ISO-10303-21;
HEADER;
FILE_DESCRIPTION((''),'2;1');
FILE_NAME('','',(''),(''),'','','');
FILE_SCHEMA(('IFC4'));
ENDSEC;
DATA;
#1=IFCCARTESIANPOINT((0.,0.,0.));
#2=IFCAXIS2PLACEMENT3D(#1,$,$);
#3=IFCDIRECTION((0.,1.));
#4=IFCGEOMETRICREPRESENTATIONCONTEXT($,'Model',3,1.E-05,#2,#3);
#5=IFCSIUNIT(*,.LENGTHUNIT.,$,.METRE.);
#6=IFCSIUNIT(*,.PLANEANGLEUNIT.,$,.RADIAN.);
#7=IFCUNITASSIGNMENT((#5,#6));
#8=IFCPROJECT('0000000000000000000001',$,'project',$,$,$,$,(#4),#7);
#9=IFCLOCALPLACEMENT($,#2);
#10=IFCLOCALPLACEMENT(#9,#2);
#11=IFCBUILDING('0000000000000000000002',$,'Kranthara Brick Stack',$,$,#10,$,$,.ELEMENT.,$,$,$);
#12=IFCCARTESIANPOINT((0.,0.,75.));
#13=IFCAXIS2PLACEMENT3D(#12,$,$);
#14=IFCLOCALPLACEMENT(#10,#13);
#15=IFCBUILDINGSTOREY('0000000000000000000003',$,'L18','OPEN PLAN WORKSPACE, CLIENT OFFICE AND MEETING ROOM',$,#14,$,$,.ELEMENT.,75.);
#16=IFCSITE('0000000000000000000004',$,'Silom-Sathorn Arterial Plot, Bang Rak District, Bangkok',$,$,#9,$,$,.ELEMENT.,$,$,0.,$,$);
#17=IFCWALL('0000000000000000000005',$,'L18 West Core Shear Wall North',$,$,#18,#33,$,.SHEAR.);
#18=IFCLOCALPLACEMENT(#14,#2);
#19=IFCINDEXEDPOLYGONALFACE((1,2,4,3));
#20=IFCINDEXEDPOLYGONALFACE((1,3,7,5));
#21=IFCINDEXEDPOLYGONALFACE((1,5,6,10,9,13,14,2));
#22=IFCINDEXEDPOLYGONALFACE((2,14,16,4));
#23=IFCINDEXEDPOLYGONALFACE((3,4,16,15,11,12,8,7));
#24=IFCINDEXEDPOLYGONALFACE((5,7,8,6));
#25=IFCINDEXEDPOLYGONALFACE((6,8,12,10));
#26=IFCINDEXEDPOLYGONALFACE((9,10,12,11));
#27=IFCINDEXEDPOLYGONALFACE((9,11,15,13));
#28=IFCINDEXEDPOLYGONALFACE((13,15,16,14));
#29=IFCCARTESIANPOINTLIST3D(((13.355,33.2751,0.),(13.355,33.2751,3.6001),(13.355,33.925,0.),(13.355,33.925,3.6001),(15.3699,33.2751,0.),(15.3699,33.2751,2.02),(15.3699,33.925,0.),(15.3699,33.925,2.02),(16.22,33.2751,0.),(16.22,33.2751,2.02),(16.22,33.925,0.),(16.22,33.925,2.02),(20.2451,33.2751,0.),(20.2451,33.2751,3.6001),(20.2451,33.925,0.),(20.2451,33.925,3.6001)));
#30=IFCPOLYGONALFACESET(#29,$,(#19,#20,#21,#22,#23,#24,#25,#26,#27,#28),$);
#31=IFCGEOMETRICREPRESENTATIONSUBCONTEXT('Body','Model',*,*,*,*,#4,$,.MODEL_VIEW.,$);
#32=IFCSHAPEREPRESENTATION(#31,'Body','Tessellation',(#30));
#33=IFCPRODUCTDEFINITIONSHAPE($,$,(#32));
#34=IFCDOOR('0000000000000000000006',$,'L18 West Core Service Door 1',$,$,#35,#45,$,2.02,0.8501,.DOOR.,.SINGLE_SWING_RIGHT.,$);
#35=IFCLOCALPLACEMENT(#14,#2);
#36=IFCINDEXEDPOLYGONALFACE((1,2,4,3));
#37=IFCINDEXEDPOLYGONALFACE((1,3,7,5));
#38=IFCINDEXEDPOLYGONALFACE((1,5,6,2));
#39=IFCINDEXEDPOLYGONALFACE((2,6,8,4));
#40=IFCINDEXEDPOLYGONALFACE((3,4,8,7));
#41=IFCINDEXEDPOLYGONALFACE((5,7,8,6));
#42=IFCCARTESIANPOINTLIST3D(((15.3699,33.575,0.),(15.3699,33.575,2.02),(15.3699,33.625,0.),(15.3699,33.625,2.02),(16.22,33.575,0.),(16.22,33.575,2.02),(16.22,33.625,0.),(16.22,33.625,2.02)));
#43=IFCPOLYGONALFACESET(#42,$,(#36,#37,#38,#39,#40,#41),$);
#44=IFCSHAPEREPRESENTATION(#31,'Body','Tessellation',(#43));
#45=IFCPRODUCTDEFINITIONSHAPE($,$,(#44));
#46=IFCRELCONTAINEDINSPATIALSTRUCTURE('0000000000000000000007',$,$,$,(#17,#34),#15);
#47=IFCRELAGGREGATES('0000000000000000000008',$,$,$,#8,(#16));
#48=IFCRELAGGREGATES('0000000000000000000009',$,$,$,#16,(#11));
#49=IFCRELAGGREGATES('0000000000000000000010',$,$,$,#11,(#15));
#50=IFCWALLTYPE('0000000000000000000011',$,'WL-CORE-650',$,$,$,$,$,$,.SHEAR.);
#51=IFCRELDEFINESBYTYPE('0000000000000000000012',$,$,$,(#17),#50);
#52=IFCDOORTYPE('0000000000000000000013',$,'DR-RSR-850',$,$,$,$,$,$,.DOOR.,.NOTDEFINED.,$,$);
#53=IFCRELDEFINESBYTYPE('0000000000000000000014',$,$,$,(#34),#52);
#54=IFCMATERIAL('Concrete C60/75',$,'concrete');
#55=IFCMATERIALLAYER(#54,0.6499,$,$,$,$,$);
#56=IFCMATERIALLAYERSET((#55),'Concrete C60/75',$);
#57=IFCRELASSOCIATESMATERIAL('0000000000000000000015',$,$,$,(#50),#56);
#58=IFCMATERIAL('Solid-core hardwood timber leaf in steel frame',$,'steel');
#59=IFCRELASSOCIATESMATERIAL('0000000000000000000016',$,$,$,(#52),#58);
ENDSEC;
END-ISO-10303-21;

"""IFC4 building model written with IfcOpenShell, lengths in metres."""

from ifc_helpers import new_model, si_unit, direction, frame, frame_2d, origin, place, context, subcontext, project, spatial, rectangle, extrude, material, layer, layer_set, type_object, element, fill, save


model = new_model("IFC4")

# Units and contexts
model_context = context("Model", 3, precision=1e-05, world=origin(), true_north=direction((0.0, 1.0)))
body_context = subcontext(model_context, "Body", "Model", "MODEL_VIEW")
ifc_project = project(units=[si_unit("LENGTHUNIT", "METRE"), si_unit("PLANEANGLEUNIT", "RADIAN")], contexts=[model_context])

# Site, building, storey
site_placement = place(None, origin())
site = spatial("IfcSite", under=ifc_project, at=site_placement, Name="Silom-Sathorn Arterial Plot, Bang Rak District, Bangkok", CompositionType="ELEMENT", RefElevation=0.0)
building_placement = place(site_placement, origin())
building = spatial("IfcBuilding", under=site, at=building_placement, Name="Kranthara Brick Stack", CompositionType="ELEMENT")
storey_placement = place(building_placement, frame((0.0, 0.0, 75.0)))
storey = spatial("IfcBuildingStorey", under=building, at=storey_placement, Name="L18", Description="OPEN PLAN WORKSPACE, CLIENT OFFICE AND MEETING ROOM", CompositionType="ELEMENT", Elevation=75.0)

# Wall, opening, door
ifc_material_1 = material(Name="Concrete C60/75", Category="concrete")
ifc_layer = layer(ifc_material_1, 0.6499)
ifc_layer_set = layer_set([ifc_layer], Name="Concrete C60/75")
wall_type = type_object("IfcWallType", Name="WL-CORE-650", PredefinedType="SHEAR", material=ifc_layer_set)
wall_placement = place(storey_placement, frame((13.355, 33.6001, 0.0), z_axis=(0.0, 0.0, 1.0), x_axis=(1.0, 0.0, 0.0)))
wall = element("IfcWall", 1, at=wall_placement, inside=storey, type_object=wall_type, Name="L18 West Core Shear Wall North", PredefinedType="SHEAR", context=body_context, shape_type="SweptSolid", body=[
    extrude(rectangle(XDim=6.8901, YDim=0.6499, at=frame_2d((3.4451, 0.0))), origin(), (0.0, 0.0, 1.0), 3.6001),
])
opening_placement = place(wall_placement, frame((2.0149, 0.0, 0.0)))
opening = element("IfcOpeningElement", 2, at=opening_placement, cuts=wall, PredefinedType="OPENING", context=body_context, shape_type="SweptSolid", body=[
    extrude(rectangle(XDim=0.8501, YDim=2.02, at=frame_2d((0.425, 1.01))), frame((0.0, 0.335, 0.0), z_axis=(0.0, -1.0, 0.0), x_axis=(1.0, 0.0, 0.0)), (0.0, 0.0, 1.0), 0.6699),
])
ifc_material_2 = material(Name="Solid-core hardwood timber leaf in steel frame", Category="steel")
door_type = type_object("IfcDoorType", Name="DR-RSR-850", OperationType="NOTDEFINED", PredefinedType="DOOR", material=ifc_material_2)
door_placement = place(opening_placement, origin())
door = element("IfcDoor", 3, at=door_placement, inside=storey, type_object=door_type, Name="L18 West Core Service Door 1", OperationType="SINGLE_SWING_RIGHT", OverallHeight=2.02, OverallWidth=0.8501, PredefinedType="DOOR", context=body_context, shape_type="SweptSolid", body=[
    extrude(rectangle(XDim=0.8501, YDim=2.02, at=frame_2d((0.425, 1.01))), frame((0.0, 0.0249, 0.0), z_axis=(0.0, -1.0, 0.0), x_axis=(1.0, 0.0, 0.0)), (0.0, 0.0, 1.0), 0.05),
])
fill(opening, door)

save(model, "model.ifc")
